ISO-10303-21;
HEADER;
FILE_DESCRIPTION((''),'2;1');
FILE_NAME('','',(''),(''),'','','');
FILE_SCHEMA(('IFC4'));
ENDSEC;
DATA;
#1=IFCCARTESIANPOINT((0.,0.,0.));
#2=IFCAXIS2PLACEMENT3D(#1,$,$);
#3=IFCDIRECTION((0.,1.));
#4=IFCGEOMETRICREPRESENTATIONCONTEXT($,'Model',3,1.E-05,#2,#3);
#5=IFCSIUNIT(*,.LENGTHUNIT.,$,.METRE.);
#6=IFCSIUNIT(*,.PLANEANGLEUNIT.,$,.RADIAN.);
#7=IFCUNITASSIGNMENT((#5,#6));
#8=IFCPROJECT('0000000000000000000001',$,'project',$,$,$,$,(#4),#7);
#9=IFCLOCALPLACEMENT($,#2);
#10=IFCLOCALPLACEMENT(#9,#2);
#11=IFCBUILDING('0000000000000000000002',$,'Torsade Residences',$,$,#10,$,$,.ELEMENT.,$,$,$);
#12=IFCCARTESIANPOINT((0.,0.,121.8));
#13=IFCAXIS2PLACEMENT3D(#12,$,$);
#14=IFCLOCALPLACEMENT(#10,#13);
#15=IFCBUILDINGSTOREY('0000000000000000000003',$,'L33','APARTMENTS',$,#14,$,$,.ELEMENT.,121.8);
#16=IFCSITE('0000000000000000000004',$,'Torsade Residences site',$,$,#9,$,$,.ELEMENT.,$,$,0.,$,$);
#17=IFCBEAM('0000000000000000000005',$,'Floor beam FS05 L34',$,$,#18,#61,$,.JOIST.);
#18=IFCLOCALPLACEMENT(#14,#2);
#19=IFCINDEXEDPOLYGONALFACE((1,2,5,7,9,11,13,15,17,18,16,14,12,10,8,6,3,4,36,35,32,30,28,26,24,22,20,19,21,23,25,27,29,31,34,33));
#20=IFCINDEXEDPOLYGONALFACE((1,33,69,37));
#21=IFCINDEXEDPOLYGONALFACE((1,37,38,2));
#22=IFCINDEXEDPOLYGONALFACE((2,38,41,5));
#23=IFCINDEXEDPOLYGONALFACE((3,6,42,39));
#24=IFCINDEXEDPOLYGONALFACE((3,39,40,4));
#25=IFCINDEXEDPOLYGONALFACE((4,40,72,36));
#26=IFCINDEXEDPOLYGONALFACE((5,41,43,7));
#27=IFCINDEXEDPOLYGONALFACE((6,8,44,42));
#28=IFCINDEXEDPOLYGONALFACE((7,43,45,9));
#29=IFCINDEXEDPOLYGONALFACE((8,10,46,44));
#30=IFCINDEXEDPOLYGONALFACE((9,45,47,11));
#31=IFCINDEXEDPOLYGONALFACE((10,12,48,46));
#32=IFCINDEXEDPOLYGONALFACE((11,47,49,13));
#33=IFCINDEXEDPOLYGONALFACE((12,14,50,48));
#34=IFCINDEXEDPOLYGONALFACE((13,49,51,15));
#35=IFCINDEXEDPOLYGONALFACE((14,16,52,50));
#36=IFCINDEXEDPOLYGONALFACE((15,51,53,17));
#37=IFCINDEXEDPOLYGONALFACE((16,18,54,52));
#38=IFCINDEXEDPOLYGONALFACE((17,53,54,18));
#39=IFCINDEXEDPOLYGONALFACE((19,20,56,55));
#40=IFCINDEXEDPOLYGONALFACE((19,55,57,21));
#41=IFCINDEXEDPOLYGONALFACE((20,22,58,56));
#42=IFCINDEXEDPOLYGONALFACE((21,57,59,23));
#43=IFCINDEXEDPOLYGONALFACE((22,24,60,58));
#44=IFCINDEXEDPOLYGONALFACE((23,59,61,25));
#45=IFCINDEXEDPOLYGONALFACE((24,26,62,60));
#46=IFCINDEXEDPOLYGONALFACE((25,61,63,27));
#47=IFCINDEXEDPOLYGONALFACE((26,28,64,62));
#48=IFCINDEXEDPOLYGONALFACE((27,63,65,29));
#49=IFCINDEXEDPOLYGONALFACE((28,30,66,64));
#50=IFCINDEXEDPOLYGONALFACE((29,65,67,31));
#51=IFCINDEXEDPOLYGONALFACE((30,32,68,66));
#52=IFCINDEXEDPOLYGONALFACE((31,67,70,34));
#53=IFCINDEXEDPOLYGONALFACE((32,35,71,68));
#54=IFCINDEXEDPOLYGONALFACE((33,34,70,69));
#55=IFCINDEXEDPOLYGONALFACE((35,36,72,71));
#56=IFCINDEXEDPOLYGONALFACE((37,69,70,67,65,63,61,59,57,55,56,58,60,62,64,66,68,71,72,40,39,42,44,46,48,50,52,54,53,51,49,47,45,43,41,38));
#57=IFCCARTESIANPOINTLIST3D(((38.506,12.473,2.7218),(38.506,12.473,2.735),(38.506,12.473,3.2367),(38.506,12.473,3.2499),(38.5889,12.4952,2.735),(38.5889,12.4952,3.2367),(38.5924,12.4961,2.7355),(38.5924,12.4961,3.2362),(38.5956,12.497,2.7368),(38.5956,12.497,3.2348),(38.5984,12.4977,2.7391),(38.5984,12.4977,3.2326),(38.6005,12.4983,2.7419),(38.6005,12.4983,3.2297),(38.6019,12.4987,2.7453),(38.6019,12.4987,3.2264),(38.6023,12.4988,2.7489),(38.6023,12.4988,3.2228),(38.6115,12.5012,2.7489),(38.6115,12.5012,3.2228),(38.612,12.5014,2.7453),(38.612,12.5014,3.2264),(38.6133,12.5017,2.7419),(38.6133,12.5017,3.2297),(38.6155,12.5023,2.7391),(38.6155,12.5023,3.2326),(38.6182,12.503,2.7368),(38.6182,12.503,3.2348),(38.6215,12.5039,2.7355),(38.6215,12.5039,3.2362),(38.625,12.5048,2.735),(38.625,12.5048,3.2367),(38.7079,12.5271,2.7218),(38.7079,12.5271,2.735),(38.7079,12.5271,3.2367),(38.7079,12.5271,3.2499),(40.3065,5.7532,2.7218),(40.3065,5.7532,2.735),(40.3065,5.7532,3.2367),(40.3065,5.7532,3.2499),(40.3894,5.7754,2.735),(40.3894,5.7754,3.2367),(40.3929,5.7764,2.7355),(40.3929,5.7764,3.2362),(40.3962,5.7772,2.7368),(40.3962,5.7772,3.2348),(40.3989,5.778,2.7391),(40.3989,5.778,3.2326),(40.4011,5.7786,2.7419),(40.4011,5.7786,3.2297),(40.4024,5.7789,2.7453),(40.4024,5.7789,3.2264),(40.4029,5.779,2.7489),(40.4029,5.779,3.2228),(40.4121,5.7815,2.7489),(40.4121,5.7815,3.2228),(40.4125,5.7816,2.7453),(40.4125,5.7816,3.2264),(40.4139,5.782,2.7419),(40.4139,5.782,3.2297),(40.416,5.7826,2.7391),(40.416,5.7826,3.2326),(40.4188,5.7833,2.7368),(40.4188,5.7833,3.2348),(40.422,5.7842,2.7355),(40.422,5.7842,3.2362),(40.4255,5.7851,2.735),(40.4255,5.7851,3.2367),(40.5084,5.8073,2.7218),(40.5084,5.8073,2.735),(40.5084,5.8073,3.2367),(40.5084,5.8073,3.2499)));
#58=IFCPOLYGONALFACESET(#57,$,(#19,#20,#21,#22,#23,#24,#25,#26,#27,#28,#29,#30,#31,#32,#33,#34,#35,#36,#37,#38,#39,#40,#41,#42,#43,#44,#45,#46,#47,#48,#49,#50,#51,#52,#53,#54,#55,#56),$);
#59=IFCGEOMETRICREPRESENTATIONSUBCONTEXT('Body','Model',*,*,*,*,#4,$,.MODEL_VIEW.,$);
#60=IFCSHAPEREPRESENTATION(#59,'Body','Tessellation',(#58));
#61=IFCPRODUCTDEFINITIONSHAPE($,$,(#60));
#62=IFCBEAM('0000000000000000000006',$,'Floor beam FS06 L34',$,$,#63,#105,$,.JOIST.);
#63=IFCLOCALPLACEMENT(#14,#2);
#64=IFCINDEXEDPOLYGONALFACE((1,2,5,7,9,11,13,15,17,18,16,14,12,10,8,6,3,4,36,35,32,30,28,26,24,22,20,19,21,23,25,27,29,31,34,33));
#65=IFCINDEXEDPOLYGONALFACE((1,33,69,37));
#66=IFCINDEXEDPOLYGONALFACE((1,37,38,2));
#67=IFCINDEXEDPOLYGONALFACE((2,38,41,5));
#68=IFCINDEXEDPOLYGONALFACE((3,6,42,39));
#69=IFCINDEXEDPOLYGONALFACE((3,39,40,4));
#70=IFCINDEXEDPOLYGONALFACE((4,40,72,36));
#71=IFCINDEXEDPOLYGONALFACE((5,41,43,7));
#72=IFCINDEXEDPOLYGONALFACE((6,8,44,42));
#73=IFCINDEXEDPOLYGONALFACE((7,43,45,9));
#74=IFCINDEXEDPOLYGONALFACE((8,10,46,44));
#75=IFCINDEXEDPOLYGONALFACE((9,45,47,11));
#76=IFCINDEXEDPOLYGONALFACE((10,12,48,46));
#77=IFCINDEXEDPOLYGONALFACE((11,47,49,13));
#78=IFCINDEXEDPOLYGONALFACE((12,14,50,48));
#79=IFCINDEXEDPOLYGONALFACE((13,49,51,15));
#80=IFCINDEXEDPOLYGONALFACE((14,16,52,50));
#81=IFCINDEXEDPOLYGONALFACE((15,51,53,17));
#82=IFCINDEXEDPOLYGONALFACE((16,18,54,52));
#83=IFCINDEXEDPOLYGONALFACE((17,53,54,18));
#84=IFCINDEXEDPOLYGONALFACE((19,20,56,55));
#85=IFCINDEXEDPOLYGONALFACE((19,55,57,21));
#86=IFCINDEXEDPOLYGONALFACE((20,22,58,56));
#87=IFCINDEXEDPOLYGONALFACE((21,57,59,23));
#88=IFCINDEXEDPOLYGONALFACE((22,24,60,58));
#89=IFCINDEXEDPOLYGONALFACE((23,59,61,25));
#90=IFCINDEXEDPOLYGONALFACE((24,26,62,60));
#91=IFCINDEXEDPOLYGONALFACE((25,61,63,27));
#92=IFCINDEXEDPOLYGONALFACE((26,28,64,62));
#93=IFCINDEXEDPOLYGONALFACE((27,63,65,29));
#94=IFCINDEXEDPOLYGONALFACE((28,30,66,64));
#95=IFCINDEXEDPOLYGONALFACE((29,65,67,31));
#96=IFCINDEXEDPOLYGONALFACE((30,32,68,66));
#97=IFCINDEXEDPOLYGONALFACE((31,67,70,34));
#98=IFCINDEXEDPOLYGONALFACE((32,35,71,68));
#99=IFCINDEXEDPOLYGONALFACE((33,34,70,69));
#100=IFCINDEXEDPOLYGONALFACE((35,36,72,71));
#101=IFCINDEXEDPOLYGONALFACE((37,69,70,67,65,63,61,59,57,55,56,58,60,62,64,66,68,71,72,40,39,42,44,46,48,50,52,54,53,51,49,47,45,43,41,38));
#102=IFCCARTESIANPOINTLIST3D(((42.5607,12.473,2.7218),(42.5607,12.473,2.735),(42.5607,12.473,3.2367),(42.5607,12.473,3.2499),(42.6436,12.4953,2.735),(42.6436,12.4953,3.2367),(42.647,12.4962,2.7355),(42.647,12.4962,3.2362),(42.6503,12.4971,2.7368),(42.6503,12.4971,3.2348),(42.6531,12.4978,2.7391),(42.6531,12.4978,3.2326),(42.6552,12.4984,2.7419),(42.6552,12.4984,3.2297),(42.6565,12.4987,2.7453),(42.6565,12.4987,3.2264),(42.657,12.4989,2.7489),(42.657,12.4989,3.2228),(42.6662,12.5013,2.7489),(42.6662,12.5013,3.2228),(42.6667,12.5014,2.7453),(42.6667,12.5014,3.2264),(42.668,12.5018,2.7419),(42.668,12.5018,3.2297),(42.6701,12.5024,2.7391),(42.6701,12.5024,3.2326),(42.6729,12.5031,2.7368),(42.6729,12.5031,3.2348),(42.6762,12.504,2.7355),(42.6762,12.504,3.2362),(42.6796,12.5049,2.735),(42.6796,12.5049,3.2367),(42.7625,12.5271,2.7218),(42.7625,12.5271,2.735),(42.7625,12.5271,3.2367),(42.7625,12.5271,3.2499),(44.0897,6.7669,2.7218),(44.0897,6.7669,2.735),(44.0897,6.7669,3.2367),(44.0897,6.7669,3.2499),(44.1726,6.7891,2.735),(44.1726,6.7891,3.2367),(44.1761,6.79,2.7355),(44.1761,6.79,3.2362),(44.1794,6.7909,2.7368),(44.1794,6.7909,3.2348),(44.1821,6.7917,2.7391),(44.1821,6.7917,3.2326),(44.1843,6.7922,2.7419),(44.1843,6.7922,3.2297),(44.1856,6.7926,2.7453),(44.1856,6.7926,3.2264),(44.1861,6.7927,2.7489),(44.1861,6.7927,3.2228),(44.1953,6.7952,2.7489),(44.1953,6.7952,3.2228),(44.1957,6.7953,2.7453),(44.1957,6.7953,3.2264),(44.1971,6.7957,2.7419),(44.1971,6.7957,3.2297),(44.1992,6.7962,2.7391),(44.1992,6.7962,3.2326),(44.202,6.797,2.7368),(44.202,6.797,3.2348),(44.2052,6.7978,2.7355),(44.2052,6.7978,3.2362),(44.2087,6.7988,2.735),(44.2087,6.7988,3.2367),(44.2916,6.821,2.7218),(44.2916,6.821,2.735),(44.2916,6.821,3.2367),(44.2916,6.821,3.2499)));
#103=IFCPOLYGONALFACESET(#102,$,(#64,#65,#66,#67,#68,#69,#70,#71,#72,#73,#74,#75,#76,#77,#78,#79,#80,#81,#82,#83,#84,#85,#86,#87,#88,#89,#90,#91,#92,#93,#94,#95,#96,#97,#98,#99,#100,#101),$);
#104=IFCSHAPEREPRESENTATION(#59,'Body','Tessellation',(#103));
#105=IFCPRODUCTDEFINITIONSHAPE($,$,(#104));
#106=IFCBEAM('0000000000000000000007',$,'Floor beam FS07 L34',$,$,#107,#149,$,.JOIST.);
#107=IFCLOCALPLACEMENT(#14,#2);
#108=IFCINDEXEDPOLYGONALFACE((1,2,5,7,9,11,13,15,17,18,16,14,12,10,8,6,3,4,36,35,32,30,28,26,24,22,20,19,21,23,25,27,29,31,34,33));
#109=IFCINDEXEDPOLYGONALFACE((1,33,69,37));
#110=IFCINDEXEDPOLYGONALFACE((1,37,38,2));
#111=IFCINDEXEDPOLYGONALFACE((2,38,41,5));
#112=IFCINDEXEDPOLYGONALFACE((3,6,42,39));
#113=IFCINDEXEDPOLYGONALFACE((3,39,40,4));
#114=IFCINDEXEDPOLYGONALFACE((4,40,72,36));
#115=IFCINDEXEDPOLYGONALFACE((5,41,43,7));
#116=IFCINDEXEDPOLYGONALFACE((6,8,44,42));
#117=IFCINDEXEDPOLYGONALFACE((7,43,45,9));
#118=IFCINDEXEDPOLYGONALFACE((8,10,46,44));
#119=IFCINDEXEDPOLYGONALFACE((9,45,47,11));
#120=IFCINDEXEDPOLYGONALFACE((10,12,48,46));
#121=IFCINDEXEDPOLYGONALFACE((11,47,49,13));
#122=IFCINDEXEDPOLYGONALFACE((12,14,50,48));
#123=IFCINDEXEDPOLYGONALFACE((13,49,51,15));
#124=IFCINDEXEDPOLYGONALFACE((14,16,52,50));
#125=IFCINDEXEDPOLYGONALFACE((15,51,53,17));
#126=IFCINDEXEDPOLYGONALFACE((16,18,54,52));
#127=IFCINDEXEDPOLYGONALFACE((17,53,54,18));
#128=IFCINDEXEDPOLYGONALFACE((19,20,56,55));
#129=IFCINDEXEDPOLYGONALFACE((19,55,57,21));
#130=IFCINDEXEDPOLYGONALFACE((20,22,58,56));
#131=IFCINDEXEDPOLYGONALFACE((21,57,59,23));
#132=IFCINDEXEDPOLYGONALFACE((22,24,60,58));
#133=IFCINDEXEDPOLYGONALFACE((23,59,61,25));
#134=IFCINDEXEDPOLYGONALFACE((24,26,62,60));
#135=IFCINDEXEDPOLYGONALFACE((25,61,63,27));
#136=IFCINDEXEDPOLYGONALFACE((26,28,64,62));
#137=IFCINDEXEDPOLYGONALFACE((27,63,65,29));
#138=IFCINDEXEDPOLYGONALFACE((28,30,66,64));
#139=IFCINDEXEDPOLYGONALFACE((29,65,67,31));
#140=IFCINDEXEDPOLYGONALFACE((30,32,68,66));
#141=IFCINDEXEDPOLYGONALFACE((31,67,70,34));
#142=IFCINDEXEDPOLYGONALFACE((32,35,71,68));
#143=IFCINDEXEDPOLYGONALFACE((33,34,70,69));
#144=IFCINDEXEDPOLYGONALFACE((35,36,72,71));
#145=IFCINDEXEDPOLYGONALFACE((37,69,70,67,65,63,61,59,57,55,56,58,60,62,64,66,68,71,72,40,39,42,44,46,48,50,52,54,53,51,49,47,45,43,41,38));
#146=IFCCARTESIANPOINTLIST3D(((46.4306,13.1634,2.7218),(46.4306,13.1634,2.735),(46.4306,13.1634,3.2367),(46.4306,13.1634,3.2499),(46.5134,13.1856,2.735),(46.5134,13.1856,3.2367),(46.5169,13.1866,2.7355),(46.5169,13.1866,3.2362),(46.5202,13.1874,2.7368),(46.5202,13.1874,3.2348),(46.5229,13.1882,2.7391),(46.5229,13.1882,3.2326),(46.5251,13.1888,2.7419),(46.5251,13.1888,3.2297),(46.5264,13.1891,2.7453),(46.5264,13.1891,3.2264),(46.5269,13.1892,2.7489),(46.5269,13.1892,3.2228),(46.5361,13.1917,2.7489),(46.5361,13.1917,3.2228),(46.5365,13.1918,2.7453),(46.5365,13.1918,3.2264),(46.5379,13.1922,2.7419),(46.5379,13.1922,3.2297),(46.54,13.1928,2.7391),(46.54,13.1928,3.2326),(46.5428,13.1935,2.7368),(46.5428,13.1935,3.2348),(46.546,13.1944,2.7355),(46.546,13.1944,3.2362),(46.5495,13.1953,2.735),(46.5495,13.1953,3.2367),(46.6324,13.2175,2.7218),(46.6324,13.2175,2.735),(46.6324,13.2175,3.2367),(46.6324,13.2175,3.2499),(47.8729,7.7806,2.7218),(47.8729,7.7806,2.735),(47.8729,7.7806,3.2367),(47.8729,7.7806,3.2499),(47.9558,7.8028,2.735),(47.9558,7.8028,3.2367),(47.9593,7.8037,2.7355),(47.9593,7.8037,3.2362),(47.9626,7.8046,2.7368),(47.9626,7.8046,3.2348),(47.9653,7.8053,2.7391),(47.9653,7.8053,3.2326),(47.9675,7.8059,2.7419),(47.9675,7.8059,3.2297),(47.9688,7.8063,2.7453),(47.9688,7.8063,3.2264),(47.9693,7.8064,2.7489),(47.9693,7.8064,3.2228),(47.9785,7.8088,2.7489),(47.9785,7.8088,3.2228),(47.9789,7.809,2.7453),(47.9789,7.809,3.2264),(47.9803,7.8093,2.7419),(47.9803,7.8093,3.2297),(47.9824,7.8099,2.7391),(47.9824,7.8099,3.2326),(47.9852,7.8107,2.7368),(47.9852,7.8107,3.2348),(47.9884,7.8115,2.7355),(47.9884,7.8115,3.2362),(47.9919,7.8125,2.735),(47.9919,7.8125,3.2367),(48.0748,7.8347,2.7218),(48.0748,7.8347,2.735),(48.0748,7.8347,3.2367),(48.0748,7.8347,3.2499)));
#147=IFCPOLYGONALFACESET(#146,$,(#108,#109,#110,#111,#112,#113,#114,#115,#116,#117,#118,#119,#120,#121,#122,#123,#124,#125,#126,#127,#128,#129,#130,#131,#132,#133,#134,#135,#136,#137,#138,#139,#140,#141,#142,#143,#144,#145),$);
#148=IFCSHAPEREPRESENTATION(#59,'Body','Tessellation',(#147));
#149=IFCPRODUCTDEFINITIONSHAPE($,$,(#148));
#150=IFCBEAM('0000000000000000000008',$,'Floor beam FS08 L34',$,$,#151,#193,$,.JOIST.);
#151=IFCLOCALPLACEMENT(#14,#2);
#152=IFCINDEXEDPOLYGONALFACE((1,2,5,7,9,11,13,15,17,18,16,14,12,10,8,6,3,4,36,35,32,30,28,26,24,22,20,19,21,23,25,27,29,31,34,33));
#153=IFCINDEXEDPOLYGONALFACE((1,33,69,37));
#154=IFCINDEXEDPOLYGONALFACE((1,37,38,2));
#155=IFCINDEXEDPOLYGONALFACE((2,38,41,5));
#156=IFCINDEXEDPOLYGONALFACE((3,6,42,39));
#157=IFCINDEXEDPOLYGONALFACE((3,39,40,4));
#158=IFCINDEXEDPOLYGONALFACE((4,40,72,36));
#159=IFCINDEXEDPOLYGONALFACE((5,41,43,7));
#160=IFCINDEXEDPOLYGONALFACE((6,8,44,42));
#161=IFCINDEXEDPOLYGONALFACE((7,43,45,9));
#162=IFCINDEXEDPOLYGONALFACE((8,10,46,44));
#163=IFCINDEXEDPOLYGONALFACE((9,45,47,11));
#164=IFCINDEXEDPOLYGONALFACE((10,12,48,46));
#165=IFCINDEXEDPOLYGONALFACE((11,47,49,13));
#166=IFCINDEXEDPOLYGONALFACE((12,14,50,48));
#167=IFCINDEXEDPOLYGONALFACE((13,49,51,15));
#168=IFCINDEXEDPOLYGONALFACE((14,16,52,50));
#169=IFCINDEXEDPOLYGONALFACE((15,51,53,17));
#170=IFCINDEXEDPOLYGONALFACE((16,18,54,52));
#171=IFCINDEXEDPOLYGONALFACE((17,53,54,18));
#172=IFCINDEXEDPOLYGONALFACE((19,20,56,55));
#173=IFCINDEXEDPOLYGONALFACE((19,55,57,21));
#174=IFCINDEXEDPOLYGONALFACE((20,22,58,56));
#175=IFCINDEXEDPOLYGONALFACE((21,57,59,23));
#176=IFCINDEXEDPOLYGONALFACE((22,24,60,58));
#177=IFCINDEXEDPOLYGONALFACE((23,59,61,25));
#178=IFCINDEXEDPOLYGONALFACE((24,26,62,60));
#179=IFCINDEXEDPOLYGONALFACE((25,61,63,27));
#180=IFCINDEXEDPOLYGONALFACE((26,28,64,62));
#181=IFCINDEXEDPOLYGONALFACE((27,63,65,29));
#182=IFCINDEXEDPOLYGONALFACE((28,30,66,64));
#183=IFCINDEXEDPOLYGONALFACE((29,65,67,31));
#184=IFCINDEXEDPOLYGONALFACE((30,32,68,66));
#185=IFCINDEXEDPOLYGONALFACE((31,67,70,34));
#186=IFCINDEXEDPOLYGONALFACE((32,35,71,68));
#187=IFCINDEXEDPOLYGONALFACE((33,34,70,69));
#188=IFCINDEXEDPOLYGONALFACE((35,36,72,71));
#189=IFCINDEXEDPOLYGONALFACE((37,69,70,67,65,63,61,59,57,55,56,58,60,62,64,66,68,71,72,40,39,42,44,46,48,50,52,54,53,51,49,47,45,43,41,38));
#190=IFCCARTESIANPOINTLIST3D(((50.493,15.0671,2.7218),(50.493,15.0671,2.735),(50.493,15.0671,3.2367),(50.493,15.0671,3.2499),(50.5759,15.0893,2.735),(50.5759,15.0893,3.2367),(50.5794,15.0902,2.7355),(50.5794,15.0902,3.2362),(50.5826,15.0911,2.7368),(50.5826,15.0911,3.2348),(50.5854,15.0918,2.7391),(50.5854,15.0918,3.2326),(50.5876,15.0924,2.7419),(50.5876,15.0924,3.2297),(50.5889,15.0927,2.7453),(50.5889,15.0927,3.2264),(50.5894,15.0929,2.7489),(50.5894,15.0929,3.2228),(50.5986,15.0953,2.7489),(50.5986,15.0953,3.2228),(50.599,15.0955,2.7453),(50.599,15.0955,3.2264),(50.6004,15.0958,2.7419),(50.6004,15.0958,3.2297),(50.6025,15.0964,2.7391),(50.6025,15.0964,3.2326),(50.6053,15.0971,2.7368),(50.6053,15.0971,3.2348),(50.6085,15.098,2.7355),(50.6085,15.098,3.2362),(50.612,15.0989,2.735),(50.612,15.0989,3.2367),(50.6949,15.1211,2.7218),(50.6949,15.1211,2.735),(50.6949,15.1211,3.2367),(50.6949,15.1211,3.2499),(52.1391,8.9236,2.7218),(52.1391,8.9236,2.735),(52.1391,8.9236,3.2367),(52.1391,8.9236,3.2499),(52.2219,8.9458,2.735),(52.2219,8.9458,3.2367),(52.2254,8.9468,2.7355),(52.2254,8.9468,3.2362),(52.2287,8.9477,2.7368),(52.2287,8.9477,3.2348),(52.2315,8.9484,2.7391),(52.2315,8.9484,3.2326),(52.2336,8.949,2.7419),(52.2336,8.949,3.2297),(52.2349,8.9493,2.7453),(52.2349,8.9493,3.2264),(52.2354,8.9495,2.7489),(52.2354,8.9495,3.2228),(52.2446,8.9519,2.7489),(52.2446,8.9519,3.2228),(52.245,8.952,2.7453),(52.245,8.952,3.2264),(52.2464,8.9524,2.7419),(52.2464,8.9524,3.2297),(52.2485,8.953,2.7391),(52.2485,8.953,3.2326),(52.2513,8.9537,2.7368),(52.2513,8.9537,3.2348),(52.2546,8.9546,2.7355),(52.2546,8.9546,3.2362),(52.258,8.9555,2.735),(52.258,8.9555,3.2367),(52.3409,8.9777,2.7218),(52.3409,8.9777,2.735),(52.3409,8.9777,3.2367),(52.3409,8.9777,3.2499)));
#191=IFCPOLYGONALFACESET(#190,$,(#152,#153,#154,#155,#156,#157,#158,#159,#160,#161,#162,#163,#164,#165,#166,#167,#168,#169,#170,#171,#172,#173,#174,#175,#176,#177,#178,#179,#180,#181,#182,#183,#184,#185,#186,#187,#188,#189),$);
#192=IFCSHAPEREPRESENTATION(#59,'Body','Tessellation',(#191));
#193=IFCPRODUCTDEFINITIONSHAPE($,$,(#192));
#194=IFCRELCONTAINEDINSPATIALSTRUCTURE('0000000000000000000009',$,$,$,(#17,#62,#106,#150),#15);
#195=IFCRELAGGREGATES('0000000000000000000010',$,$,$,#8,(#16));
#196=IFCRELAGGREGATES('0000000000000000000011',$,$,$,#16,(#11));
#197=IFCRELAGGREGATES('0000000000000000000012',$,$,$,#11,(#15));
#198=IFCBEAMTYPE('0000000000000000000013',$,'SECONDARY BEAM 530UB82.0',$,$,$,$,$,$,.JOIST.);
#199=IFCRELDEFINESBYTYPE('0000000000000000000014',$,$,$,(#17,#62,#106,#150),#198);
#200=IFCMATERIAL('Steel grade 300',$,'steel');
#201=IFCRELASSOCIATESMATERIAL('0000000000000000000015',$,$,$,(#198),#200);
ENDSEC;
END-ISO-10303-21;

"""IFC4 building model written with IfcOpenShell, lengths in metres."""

from ifc_helpers import new_model, si_unit, direction, frame, origin, origin_2d, place, context, subcontext, project, spatial, i_section, extrude, material, material_profile, profile_set, type_object, element, save


model = new_model("IFC4")

# Units and contexts
model_context = context("Model", 3, precision=1e-05, world=origin(), true_north=direction((0.0, 1.0)))
body_context = subcontext(model_context, "Body", "Model", "MODEL_VIEW")
ifc_project = project(units=[si_unit("LENGTHUNIT", "METRE"), si_unit("PLANEANGLEUNIT", "RADIAN")], contexts=[model_context])

# Site, building, storey
site_placement = place(None, origin())
site = spatial("IfcSite", under=ifc_project, at=site_placement, Name="Torsade Residences site", CompositionType="ELEMENT", RefElevation=0.0)
building_placement = place(site_placement, origin())
building = spatial("IfcBuilding", under=site, at=building_placement, Name="Torsade Residences", CompositionType="ELEMENT")
storey_placement = place(building_placement, frame((0.0, 0.0, 121.8)))
storey = spatial("IfcBuildingStorey", under=building, at=storey_placement, Name="L33", Description="APARTMENTS", CompositionType="ELEMENT", Elevation=121.8)

# Beams
ifc_material_1 = material(Name="Steel grade 300", Category="steel")
ifc_material_profile_1 = material_profile(ifc_material_1, i_section(OverallWidth=0.209, OverallDepth=0.5281, WebThickness=0.0095, FlangeThickness=0.0132, FilletRadius=0.0139, at=origin_2d()), Name="530UB82.0")
ifc_profile_set_1 = profile_set([ifc_material_profile_1], Name="Steel grade 300")
beam_type_1 = type_object("IfcBeamType", Name="SECONDARY BEAM 530UB82.0", PredefinedType="JOIST", material=ifc_profile_set_1)
beam_1_placement = place(storey_placement, frame((40.4075, 5.7803, 2.9858), z_axis=(-0.258818, 0.965926, 0.0), x_axis=(-0.965926, -0.258818, 0.0)))
element("IfcBeam", 1, at=beam_1_placement, inside=storey, type_object=beam_type_1, Name="Floor beam FS05 L34", PredefinedType="JOIST", context=body_context, shape_type="SweptSolid", body=[
    extrude(i_section(OverallWidth=0.209, OverallDepth=0.5281, WebThickness=0.0095, FlangeThickness=0.0132, FilletRadius=0.0139, at=origin_2d()), origin(), (0.0, 0.0, 1.0), 6.9568),
])
beam_2_placement = place(storey_placement, frame((44.1907, 6.7939, 2.9858), z_axis=(-0.258838, 0.965921, 0.0), x_axis=(-0.965921, -0.258838, 0.0)))
element("IfcBeam", 2, at=beam_2_placement, inside=storey, type_object=beam_type_1, Name="Floor beam FS06 L34", PredefinedType="JOIST", context=body_context, shape_type="SweptSolid", body=[
    extrude(i_section(OverallWidth=0.209, OverallDepth=0.5281, WebThickness=0.0095, FlangeThickness=0.0132, FilletRadius=0.0139, at=origin_2d()), origin(), (0.0, 0.0, 1.0), 5.9075),
])
beam_3_placement = place(storey_placement, frame((47.9739, 7.8076, 2.9858), z_axis=(-0.25883, 0.965923, 0.0), x_axis=(-0.965923, -0.25883, 0.0)))
element("IfcBeam", 3, at=beam_3_placement, inside=storey, type_object=beam_type_1, Name="Floor beam FS07 L34", PredefinedType="JOIST", context=body_context, shape_type="SweptSolid", body=[
    extrude(i_section(OverallWidth=0.209, OverallDepth=0.5281, WebThickness=0.0095, FlangeThickness=0.0132, FilletRadius=0.0139, at=origin_2d()), origin(), (0.0, 0.0, 1.0), 5.5728),
])
beam_4_placement = place(storey_placement, frame((52.24, 8.9507, 2.9858), z_axis=(-0.258805, 0.96593, 0.0), x_axis=(-0.96593, -0.258805, 0.0)))
element("IfcBeam", 4, at=beam_4_placement, inside=storey, type_object=beam_type_1, Name="Floor beam FS08 L34", PredefinedType="JOIST", context=body_context, shape_type="SweptSolid", body=[
    extrude(i_section(OverallWidth=0.209, OverallDepth=0.5281, WebThickness=0.0095, FlangeThickness=0.0132, FilletRadius=0.0139, at=origin_2d()), origin(), (0.0, 0.0, 1.0), 6.3601),
])

save(model, "model.ifc")
